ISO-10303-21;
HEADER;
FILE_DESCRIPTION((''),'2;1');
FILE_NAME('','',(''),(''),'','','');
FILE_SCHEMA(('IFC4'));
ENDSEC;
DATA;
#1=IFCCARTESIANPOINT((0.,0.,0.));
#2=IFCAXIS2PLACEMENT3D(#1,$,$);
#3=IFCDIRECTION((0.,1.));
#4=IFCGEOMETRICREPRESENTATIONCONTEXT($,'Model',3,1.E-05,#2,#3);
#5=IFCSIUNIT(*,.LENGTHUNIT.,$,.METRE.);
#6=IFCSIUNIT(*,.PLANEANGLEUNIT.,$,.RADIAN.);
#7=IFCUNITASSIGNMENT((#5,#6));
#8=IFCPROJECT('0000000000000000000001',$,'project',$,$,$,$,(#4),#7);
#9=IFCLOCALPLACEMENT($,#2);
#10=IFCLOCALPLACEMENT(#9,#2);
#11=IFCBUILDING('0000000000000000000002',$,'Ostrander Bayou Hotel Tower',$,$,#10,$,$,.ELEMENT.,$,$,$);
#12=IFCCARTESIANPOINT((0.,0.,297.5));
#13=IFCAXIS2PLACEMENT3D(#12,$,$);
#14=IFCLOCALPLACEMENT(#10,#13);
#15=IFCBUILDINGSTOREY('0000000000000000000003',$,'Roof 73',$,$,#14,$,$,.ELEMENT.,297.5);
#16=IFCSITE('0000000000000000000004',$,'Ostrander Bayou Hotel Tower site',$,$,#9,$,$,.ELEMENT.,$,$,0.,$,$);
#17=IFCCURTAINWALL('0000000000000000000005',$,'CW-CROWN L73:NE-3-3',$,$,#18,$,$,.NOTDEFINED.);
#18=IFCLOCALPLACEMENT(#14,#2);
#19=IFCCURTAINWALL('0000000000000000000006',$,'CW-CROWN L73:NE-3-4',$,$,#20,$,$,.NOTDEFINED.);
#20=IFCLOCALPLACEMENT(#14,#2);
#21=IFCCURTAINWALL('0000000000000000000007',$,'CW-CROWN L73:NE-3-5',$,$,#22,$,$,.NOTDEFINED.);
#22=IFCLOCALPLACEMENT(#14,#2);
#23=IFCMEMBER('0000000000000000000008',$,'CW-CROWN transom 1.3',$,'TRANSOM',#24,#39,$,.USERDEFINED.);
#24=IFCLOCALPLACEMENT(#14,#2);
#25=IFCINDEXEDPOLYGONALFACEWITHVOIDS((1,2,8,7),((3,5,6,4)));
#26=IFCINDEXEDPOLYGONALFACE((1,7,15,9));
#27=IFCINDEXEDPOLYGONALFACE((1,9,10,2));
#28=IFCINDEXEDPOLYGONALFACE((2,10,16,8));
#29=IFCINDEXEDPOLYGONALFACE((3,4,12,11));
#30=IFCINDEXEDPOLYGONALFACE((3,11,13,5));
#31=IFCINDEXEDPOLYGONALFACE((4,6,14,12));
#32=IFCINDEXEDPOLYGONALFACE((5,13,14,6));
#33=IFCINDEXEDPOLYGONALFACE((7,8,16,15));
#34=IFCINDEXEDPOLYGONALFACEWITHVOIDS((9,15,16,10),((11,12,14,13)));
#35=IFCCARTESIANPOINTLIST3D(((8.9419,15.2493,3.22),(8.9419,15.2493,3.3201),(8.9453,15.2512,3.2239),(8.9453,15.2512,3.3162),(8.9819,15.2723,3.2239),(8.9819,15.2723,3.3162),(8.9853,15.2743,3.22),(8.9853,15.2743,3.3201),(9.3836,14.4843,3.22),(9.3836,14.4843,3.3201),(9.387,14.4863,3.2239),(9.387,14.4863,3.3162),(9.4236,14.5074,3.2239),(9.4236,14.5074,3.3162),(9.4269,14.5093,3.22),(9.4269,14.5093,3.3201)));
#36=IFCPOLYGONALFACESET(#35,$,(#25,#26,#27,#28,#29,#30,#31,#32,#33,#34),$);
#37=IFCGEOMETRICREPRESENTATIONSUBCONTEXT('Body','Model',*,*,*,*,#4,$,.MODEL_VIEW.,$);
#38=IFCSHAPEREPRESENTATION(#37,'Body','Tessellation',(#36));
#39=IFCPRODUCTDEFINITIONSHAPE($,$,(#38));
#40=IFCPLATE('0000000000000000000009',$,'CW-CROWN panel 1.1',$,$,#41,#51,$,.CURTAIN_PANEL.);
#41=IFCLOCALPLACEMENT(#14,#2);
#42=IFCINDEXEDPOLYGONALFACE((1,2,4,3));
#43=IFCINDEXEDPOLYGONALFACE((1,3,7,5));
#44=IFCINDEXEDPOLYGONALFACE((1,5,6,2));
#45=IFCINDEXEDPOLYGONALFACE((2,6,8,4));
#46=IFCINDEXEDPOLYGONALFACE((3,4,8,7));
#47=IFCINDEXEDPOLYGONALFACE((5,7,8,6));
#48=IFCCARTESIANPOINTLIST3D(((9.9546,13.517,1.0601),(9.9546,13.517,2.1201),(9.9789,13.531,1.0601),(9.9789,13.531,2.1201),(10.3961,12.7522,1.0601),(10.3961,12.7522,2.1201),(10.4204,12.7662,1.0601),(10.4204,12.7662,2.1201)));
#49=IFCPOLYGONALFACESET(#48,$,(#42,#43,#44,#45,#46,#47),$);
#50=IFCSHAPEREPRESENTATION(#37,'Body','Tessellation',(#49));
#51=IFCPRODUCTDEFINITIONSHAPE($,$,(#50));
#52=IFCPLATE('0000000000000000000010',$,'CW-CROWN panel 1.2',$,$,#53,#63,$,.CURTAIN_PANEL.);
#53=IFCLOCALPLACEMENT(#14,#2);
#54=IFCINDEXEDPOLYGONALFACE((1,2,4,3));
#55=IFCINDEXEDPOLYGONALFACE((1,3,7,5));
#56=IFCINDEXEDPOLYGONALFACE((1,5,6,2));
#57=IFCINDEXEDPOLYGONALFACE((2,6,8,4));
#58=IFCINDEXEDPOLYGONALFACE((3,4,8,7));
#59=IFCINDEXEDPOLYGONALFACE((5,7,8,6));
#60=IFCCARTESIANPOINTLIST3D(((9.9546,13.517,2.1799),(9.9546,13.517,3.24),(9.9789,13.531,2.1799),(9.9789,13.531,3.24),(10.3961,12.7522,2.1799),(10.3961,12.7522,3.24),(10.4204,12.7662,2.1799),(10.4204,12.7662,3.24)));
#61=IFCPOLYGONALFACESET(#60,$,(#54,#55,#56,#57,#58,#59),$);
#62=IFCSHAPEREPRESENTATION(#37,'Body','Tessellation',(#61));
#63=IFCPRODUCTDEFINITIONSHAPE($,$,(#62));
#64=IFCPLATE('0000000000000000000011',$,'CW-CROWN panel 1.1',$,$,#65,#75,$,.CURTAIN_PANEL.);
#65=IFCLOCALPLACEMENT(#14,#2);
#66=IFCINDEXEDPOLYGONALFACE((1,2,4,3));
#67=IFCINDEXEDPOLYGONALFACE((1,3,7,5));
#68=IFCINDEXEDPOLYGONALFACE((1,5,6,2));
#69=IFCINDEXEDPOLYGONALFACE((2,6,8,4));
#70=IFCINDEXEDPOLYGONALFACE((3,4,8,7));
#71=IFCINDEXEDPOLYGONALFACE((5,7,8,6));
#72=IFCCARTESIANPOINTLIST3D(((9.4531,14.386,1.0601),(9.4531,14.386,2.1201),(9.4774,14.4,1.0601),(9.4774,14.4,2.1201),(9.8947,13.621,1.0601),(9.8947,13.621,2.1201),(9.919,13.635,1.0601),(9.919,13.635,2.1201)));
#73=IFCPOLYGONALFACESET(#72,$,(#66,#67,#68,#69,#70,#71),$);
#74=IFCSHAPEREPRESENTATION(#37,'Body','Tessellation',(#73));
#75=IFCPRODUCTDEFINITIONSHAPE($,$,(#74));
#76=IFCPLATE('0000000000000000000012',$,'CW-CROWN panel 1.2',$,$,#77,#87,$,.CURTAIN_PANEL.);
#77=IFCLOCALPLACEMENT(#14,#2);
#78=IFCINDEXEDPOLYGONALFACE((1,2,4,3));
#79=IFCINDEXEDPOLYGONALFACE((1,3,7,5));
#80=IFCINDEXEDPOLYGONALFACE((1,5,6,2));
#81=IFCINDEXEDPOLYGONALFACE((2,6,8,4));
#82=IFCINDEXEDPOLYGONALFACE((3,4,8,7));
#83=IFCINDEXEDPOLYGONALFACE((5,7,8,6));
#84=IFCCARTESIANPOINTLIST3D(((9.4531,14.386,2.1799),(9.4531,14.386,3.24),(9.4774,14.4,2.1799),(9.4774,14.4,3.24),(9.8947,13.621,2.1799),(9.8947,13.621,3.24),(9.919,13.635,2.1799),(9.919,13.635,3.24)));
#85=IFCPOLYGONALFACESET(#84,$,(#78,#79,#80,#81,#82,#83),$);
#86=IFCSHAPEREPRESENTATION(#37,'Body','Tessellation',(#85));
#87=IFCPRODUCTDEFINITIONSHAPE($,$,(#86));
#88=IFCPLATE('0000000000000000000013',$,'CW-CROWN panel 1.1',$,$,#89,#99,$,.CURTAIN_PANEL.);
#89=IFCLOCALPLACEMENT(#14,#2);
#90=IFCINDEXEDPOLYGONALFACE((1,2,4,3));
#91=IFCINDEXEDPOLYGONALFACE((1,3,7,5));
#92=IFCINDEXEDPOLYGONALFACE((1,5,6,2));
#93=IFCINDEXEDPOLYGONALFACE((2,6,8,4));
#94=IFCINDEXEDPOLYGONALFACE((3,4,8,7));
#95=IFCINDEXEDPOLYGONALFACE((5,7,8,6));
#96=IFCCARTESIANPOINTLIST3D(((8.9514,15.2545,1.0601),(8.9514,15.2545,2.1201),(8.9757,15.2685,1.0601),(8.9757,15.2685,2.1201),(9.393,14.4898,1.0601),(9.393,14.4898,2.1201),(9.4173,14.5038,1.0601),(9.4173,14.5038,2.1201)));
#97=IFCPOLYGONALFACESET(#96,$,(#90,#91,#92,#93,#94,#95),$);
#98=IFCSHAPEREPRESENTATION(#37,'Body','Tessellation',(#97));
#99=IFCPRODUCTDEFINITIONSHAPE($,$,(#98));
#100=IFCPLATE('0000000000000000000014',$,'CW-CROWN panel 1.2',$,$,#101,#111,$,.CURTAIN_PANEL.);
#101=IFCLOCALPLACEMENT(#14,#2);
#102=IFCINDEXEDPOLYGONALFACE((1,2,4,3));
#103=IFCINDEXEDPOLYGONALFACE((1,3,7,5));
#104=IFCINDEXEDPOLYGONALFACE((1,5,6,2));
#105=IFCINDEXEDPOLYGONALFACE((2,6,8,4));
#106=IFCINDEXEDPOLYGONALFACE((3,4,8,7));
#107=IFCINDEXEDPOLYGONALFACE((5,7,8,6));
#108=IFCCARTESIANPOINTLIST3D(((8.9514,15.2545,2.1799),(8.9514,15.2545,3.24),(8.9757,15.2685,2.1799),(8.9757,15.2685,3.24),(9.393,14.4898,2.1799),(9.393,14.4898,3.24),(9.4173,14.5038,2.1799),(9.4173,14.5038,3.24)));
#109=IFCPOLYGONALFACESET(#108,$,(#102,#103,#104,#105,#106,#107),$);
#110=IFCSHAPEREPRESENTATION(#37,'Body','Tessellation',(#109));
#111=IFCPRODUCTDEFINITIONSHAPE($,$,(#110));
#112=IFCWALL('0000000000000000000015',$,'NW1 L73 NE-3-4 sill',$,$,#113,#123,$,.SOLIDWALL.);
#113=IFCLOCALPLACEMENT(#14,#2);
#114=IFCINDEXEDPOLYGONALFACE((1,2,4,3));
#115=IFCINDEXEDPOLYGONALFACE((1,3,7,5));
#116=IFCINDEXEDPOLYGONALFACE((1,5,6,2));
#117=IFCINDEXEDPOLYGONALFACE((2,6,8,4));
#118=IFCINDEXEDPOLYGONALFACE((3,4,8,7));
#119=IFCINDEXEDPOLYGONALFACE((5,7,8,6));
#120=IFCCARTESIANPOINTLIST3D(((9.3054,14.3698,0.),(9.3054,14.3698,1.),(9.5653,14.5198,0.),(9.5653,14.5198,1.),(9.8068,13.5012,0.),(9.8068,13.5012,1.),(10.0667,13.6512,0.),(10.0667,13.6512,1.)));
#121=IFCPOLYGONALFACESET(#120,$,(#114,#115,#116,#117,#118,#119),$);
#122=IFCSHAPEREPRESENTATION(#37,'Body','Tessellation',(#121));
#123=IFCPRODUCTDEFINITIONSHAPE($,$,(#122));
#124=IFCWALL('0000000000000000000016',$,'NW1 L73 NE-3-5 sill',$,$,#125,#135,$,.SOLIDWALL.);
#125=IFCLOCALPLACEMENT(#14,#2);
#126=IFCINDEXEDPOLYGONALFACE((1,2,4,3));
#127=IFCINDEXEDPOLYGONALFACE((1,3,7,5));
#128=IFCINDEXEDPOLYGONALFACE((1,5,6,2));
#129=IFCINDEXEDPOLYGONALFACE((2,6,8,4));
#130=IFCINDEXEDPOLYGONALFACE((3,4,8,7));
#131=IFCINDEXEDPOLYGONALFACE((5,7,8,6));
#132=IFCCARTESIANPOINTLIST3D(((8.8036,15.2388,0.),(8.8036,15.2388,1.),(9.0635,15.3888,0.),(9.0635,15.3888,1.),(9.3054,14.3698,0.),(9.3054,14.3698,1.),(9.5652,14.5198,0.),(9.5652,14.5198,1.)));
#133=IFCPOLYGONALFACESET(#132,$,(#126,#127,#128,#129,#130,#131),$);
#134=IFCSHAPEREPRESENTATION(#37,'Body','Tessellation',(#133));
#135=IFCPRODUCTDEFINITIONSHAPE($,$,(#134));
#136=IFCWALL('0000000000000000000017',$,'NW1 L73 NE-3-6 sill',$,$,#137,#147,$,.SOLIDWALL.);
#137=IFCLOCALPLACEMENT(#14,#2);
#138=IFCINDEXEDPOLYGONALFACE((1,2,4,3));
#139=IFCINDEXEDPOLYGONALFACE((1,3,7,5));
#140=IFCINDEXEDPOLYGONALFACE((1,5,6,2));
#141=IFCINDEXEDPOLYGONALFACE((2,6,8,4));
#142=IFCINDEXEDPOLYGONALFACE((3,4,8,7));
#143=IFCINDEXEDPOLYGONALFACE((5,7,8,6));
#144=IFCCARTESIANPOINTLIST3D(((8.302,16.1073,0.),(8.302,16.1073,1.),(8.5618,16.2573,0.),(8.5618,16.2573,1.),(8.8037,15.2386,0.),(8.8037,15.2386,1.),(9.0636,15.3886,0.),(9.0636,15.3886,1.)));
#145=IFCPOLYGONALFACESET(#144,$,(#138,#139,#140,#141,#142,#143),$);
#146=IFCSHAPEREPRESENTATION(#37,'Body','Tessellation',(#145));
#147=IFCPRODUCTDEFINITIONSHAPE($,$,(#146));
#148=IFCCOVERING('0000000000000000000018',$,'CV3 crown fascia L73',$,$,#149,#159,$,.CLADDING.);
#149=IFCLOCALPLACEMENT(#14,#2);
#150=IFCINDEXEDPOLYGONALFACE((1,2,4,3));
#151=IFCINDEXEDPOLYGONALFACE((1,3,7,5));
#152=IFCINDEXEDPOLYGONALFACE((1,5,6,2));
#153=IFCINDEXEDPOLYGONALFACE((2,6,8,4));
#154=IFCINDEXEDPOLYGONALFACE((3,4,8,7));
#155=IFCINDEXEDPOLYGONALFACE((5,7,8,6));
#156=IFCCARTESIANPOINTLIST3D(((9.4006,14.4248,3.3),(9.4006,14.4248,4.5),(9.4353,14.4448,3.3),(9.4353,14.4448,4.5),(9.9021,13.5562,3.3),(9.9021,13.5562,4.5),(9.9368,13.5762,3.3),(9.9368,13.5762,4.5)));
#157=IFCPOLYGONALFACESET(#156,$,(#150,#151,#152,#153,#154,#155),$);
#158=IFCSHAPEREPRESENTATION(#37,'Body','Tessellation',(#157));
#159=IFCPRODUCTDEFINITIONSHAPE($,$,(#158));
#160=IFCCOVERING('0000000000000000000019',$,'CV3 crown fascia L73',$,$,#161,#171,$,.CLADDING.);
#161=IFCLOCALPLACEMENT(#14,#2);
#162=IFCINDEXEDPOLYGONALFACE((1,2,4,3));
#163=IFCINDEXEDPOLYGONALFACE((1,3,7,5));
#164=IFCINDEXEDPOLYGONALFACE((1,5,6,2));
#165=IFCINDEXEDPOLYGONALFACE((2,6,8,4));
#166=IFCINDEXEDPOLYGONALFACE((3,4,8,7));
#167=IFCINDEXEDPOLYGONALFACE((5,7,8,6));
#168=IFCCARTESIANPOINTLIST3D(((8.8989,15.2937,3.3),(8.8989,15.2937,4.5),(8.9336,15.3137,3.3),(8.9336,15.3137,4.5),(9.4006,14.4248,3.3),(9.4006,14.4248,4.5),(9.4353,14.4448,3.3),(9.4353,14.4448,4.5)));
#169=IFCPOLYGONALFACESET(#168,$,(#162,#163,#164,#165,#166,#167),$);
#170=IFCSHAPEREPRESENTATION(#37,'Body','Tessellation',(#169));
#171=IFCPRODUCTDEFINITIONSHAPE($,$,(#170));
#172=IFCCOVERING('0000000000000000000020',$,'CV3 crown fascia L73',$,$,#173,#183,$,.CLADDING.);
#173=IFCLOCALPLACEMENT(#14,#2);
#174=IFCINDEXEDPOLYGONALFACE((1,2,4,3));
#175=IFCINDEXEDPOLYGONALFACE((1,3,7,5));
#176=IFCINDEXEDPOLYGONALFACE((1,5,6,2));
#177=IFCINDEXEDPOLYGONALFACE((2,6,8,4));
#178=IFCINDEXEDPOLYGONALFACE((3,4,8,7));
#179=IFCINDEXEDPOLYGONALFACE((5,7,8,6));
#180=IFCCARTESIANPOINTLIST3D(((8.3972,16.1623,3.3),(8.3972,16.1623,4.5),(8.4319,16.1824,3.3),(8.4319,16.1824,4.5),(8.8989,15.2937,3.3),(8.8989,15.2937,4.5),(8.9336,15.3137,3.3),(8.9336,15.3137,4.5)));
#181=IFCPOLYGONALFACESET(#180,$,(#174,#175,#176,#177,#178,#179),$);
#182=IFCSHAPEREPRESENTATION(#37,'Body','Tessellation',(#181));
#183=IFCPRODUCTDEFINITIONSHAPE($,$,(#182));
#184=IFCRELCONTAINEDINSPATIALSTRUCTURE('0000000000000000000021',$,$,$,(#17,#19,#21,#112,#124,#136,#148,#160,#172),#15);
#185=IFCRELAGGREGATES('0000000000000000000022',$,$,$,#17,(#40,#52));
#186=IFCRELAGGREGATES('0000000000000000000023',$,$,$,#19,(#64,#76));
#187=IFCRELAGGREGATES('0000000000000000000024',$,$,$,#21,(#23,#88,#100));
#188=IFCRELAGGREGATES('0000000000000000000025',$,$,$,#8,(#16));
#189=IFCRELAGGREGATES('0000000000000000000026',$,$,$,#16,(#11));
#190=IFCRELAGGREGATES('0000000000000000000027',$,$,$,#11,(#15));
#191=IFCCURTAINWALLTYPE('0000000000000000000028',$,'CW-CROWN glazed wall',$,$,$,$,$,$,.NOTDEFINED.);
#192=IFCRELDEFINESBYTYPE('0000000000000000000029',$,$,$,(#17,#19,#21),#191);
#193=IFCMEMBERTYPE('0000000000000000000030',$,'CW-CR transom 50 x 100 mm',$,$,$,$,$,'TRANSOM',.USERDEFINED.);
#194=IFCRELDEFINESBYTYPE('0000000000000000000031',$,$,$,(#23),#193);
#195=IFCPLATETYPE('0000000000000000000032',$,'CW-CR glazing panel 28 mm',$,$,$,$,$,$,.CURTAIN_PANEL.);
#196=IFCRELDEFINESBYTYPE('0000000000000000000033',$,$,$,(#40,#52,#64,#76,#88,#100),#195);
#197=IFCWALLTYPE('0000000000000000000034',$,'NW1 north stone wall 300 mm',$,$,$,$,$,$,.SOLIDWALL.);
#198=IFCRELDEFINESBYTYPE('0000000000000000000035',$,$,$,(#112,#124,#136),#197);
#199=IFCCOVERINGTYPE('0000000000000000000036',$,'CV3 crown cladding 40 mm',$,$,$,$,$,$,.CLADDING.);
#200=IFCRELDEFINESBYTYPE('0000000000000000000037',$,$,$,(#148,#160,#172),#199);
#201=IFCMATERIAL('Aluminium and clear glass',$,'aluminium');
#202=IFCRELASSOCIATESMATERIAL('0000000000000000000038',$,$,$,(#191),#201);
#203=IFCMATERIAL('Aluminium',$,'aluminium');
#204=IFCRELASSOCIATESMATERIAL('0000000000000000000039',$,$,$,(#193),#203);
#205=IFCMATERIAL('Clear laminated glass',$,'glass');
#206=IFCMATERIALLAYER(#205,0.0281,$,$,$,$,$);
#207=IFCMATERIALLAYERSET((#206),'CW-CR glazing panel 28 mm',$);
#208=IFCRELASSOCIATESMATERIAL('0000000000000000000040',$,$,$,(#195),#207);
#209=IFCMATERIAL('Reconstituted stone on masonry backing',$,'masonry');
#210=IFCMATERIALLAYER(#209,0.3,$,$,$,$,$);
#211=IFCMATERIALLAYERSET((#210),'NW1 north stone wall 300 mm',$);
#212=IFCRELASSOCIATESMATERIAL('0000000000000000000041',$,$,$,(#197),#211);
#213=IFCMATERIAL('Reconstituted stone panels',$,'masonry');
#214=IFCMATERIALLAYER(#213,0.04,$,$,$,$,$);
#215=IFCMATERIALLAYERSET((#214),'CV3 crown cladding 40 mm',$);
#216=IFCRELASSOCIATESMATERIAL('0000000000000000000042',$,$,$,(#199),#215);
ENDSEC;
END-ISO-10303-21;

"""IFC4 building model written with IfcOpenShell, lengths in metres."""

from ifc_helpers import new_model, si_unit, direction, frame, frame_2d, origin, origin_2d, place, context, subcontext, project, spatial, polyline, rectangle, hollow_rectangle, outline, extrude, material, layer, layer_set, material_profile, profile_set, type_object, element, aggregate, save


model = new_model("IFC4")

# Units and contexts
model_context = context("Model", 3, precision=1e-05, world=origin(), true_north=direction((0.0, 1.0)))
body_context = subcontext(model_context, "Body", "Model", "MODEL_VIEW")
ifc_project = project(units=[si_unit("LENGTHUNIT", "METRE"), si_unit("PLANEANGLEUNIT", "RADIAN")], contexts=[model_context])

# Site, building, storey
site_placement = place(None, origin())
site = spatial("IfcSite", under=ifc_project, at=site_placement, Name="Ostrander Bayou Hotel Tower site", CompositionType="ELEMENT", RefElevation=0.0)
building_placement = place(site_placement, origin())
building = spatial("IfcBuilding", under=site, at=building_placement, Name="Ostrander Bayou Hotel Tower", CompositionType="ELEMENT")
storey_placement = place(building_placement, frame((0.0, 0.0, 297.5)))
storey = spatial("IfcBuildingStorey", under=building, at=storey_placement, Name="Roof 73", CompositionType="ELEMENT", Elevation=297.5)

# Curtain wall
ifc_material_1 = material(Name="Aluminium and clear glass", Category="aluminium")
curtain_wall_type = type_object("IfcCurtainWallType", Name="CW-CROWN glazed wall", PredefinedType="NOTDEFINED", material=ifc_material_1)
curtain_wall_1_placement = place(storey_placement, origin())
curtain_wall_1 = element("IfcCurtainWall", 1, at=curtain_wall_1_placement, inside=storey, type_object=curtain_wall_type, Name="CW-CROWN L73:NE-3-3", PredefinedType="NOTDEFINED")

# Curtain walls
curtain_wall_2_placement = place(storey_placement, origin())
curtain_wall_2 = element("IfcCurtainWall", 2, at=curtain_wall_2_placement, inside=storey, type_object=curtain_wall_type, Name="CW-CROWN L73:NE-3-4", PredefinedType="NOTDEFINED")
curtain_wall_3_placement = place(storey_placement, origin())
curtain_wall_3 = element("IfcCurtainWall", 3, at=curtain_wall_3_placement, inside=storey, type_object=curtain_wall_type, Name="CW-CROWN L73:NE-3-5", PredefinedType="NOTDEFINED")

# Member
ifc_material_2 = material(Name="Aluminium", Category="aluminium")
ifc_material_profile_1 = material_profile(ifc_material_2, hollow_rectangle(XDim=0.05, YDim=0.1001, WallThickness=0.0039, at=origin_2d()))
ifc_profile_set_1 = profile_set([ifc_material_profile_1], Name="Aluminium")
member_type_1 = type_object("IfcMemberType", Name="CW-CR transom 50 x 100 mm", ElementType="TRANSOM", PredefinedType="USERDEFINED", material=ifc_profile_set_1)
member_1_placement = place(storey_placement, frame((9.4053, 14.4968, 3.27), z_axis=(-0.500034, 0.866006, 0.0), x_axis=(-0.866006, -0.500034, 0.0)))
member_1 = element("IfcMember", 4, at=member_1_placement, type_object=member_type_1, Name="CW-CROWN transom 1.3", ObjectType="TRANSOM", PredefinedType="USERDEFINED", context=body_context, shape_type="SweptSolid", body=[
    extrude(hollow_rectangle(XDim=0.05, YDim=0.1001, WallThickness=0.0039, at=origin_2d()), origin(), (0.0, 0.0, 1.0), 0.8833),
])

# Plates
ifc_material_3 = material(Name="Clear laminated glass", Category="glass")
ifc_layer_1 = layer(ifc_material_3, 0.0281)
ifc_layer_set_1 = layer_set([ifc_layer_1], Name="CW-CR glazing panel 28 mm")
plate_type = type_object("IfcPlateType", Name="CW-CR glazing panel 28 mm", PredefinedType="CURTAIN_PANEL", material=ifc_layer_set_1)
plate_1_placement = place(storey_placement, frame((10.1875, 13.1416, 1.0601), z_axis=(0.0, 0.0, 1.0), x_axis=(-0.499924, 0.866069, 0.0)))
plate_1 = element("IfcPlate", 5, at=plate_1_placement, type_object=plate_type, Name="CW-CROWN panel 1.1", PredefinedType="CURTAIN_PANEL", context=body_context, shape_type="SweptSolid", body=[
    extrude(rectangle(XDim=0.8831, YDim=0.0281, at=origin_2d()), origin(), (0.0, 0.0, 1.0), 1.0601),
])
plate_2_placement = place(storey_placement, frame((10.1875, 13.1416, 2.1799), z_axis=(0.0, 0.0, 1.0), x_axis=(-0.499924, 0.866069, 0.0)))
plate_2 = element("IfcPlate", 6, at=plate_2_placement, type_object=plate_type, Name="CW-CROWN panel 1.2", PredefinedType="CURTAIN_PANEL", context=body_context, shape_type="SweptSolid", body=[
    extrude(rectangle(XDim=0.8831, YDim=0.0281, at=origin_2d()), origin(), (0.0, 0.0, 1.0), 1.0601),
])
aggregate(curtain_wall_1, [plate_1, plate_2])
plate_3_placement = place(storey_placement, frame((9.686, 14.0105, 1.0601), z_axis=(0.0, 0.0, 1.0), x_axis=(-0.499999, 0.866026, 0.0)))
plate_3 = element("IfcPlate", 7, at=plate_3_placement, type_object=plate_type, Name="CW-CROWN panel 1.1", PredefinedType="CURTAIN_PANEL", context=body_context, shape_type="SweptSolid", body=[
    extrude(rectangle(XDim=0.8833, YDim=0.0281, at=origin_2d()), origin(), (0.0, 0.0, 1.0), 1.0601),
])
plate_4_placement = place(storey_placement, frame((9.686, 14.0105, 2.1799), z_axis=(0.0, 0.0, 1.0), x_axis=(-0.499999, 0.866026, 0.0)))
plate_4 = element("IfcPlate", 8, at=plate_4_placement, type_object=plate_type, Name="CW-CROWN panel 1.2", PredefinedType="CURTAIN_PANEL", context=body_context, shape_type="SweptSolid", body=[
    extrude(rectangle(XDim=0.8833, YDim=0.0281, at=origin_2d()), origin(), (0.0, 0.0, 1.0), 1.0601),
])
aggregate(curtain_wall_2, [plate_3, plate_4])
plate_5_placement = place(storey_placement, frame((9.1843, 14.8792, 1.0601), z_axis=(0.0, 0.0, 1.0), x_axis=(-0.500042, 0.866001, 0.0)))
plate_5 = element("IfcPlate", 9, at=plate_5_placement, type_object=plate_type, Name="CW-CROWN panel 1.1", PredefinedType="CURTAIN_PANEL", context=body_context, shape_type="SweptSolid", body=[
    extrude(rectangle(XDim=0.8831, YDim=0.0281, at=origin_2d()), origin(), (0.0, 0.0, 1.0), 1.0601),
])
plate_6_placement = place(storey_placement, frame((9.1843, 14.8792, 2.1799), z_axis=(0.0, 0.0, 1.0), x_axis=(-0.500042, 0.866001, 0.0)))
plate_6 = element("IfcPlate", 10, at=plate_6_placement, type_object=plate_type, Name="CW-CROWN panel 1.2", PredefinedType="CURTAIN_PANEL", context=body_context, shape_type="SweptSolid", body=[
    extrude(rectangle(XDim=0.8831, YDim=0.0281, at=origin_2d()), origin(), (0.0, 0.0, 1.0), 1.0601),
])
aggregate(curtain_wall_3, [member_1, plate_5, plate_6])

# Walls
ifc_material_4 = material(Name="Reconstituted stone on masonry backing", Category="masonry")
ifc_layer_2 = layer(ifc_material_4, 0.3)
ifc_layer_set_2 = layer_set([ifc_layer_2], Name="NW1 north stone wall 300 mm")
wall_type = type_object("IfcWallType", Name="NW1 north stone wall 300 mm", PredefinedType="SOLIDWALL", material=ifc_layer_set_2)
wall_1_placement = place(storey_placement, frame((9.9368, 13.5762, 0.0), z_axis=(0.0, 0.0, 1.0), x_axis=(-0.499961, 0.866048, 0.0)))
element("IfcWall", 11, at=wall_1_placement, inside=storey, type_object=wall_type, Name="NW1 L73 NE-3-4 sill", PredefinedType="SOLIDWALL", context=body_context, shape_type="SweptSolid", body=[
    extrude(rectangle(XDim=1.0029, YDim=0.3, at=frame_2d((0.5015, 0.0))), origin(), (0.0, 0.0, 1.0), 1.0),
])
wall_2_placement = place(storey_placement, frame((9.4353, 14.4448, 0.0), z_axis=(0.0, 0.0, 1.0), x_axis=(-0.500038, 0.866003, 0.0)))
element("IfcWall", 12, at=wall_2_placement, inside=storey, type_object=wall_type, Name="NW1 L73 NE-3-5 sill", PredefinedType="SOLIDWALL", context=body_context, shape_type="SweptSolid", body=[
    extrude(rectangle(XDim=1.0034, YDim=0.3, at=frame_2d((0.5017, 0.0))), origin(), (0.0, 0.0, 1.0), 1.0),
])
wall_3_placement = place(storey_placement, frame((8.9336, 15.3137, 0.0), z_axis=(0.0, 0.0, 1.0), x_axis=(-0.500144, 0.865942, 0.0)))
element("IfcWall", 13, at=wall_3_placement, inside=storey, type_object=wall_type, Name="NW1 L73 NE-3-6 sill", PredefinedType="SOLIDWALL", context=body_context, shape_type="SweptSolid", body=[
    extrude(rectangle(XDim=1.0032, YDim=0.3, at=frame_2d((0.5015, 0.0))), origin(), (0.0, 0.0, 1.0), 1.0),
])

# Coverings
ifc_material_5 = material(Name="Reconstituted stone panels", Category="masonry")
ifc_layer_3 = layer(ifc_material_5, 0.04)
ifc_layer_set_3 = layer_set([ifc_layer_3], Name="CV3 crown cladding 40 mm")
covering_type = type_object("IfcCoveringType", Name="CV3 crown cladding 40 mm", PredefinedType="CLADDING", material=ifc_layer_set_3)
covering_1_placement = place(storey_placement, frame((9.9368, 13.5762, 3.3), z_axis=(0.866048, 0.499961, 0.0), x_axis=(-0.499961, 0.866048, 0.0)))
element("IfcCovering", 14, at=covering_1_placement, inside=storey, type_object=covering_type, Name="CV3 crown fascia L73", PredefinedType="CLADDING", context=body_context, shape_type="SweptSolid", body=[
    extrude(outline(polyline([(0.0, 0.0), (1.003, 0.0), (1.003, 1.2), (0.0, 1.2), (0.0, 0.0)])), origin(), (0.0, 0.0, -1.0), 0.04),
])
covering_2_placement = place(storey_placement, frame((9.4353, 14.4448, 3.3), z_axis=(0.866003, 0.500038, 0.0), x_axis=(-0.500038, 0.866003, 0.0)))
element("IfcCovering", 15, at=covering_2_placement, inside=storey, type_object=covering_type, Name="CV3 crown fascia L73", PredefinedType="CLADDING", context=body_context, shape_type="SweptSolid", body=[
    extrude(outline(polyline([(0.0, 0.0), (1.0033, 0.0), (1.0033, 1.2), (0.0, 1.2), (0.0, 0.0)])), origin(), (0.0, 0.0, -1.0), 0.04),
])
covering_3_placement = place(storey_placement, frame((8.9336, 15.3137, 3.3), z_axis=(0.865942, 0.500144, 0.0), x_axis=(-0.500144, 0.865942, 0.0)))
element("IfcCovering", 16, at=covering_3_placement, inside=storey, type_object=covering_type, Name="CV3 crown fascia L73", PredefinedType="CLADDING", context=body_context, shape_type="SweptSolid", body=[
    extrude(outline(polyline([(0.0, 0.0), (1.0031, 0.0), (1.0031, 1.2), (0.0, 1.2), (0.0, 0.0)])), origin(), (0.0, 0.0, -1.0), 0.04),
])

save(model, "model.ifc")
